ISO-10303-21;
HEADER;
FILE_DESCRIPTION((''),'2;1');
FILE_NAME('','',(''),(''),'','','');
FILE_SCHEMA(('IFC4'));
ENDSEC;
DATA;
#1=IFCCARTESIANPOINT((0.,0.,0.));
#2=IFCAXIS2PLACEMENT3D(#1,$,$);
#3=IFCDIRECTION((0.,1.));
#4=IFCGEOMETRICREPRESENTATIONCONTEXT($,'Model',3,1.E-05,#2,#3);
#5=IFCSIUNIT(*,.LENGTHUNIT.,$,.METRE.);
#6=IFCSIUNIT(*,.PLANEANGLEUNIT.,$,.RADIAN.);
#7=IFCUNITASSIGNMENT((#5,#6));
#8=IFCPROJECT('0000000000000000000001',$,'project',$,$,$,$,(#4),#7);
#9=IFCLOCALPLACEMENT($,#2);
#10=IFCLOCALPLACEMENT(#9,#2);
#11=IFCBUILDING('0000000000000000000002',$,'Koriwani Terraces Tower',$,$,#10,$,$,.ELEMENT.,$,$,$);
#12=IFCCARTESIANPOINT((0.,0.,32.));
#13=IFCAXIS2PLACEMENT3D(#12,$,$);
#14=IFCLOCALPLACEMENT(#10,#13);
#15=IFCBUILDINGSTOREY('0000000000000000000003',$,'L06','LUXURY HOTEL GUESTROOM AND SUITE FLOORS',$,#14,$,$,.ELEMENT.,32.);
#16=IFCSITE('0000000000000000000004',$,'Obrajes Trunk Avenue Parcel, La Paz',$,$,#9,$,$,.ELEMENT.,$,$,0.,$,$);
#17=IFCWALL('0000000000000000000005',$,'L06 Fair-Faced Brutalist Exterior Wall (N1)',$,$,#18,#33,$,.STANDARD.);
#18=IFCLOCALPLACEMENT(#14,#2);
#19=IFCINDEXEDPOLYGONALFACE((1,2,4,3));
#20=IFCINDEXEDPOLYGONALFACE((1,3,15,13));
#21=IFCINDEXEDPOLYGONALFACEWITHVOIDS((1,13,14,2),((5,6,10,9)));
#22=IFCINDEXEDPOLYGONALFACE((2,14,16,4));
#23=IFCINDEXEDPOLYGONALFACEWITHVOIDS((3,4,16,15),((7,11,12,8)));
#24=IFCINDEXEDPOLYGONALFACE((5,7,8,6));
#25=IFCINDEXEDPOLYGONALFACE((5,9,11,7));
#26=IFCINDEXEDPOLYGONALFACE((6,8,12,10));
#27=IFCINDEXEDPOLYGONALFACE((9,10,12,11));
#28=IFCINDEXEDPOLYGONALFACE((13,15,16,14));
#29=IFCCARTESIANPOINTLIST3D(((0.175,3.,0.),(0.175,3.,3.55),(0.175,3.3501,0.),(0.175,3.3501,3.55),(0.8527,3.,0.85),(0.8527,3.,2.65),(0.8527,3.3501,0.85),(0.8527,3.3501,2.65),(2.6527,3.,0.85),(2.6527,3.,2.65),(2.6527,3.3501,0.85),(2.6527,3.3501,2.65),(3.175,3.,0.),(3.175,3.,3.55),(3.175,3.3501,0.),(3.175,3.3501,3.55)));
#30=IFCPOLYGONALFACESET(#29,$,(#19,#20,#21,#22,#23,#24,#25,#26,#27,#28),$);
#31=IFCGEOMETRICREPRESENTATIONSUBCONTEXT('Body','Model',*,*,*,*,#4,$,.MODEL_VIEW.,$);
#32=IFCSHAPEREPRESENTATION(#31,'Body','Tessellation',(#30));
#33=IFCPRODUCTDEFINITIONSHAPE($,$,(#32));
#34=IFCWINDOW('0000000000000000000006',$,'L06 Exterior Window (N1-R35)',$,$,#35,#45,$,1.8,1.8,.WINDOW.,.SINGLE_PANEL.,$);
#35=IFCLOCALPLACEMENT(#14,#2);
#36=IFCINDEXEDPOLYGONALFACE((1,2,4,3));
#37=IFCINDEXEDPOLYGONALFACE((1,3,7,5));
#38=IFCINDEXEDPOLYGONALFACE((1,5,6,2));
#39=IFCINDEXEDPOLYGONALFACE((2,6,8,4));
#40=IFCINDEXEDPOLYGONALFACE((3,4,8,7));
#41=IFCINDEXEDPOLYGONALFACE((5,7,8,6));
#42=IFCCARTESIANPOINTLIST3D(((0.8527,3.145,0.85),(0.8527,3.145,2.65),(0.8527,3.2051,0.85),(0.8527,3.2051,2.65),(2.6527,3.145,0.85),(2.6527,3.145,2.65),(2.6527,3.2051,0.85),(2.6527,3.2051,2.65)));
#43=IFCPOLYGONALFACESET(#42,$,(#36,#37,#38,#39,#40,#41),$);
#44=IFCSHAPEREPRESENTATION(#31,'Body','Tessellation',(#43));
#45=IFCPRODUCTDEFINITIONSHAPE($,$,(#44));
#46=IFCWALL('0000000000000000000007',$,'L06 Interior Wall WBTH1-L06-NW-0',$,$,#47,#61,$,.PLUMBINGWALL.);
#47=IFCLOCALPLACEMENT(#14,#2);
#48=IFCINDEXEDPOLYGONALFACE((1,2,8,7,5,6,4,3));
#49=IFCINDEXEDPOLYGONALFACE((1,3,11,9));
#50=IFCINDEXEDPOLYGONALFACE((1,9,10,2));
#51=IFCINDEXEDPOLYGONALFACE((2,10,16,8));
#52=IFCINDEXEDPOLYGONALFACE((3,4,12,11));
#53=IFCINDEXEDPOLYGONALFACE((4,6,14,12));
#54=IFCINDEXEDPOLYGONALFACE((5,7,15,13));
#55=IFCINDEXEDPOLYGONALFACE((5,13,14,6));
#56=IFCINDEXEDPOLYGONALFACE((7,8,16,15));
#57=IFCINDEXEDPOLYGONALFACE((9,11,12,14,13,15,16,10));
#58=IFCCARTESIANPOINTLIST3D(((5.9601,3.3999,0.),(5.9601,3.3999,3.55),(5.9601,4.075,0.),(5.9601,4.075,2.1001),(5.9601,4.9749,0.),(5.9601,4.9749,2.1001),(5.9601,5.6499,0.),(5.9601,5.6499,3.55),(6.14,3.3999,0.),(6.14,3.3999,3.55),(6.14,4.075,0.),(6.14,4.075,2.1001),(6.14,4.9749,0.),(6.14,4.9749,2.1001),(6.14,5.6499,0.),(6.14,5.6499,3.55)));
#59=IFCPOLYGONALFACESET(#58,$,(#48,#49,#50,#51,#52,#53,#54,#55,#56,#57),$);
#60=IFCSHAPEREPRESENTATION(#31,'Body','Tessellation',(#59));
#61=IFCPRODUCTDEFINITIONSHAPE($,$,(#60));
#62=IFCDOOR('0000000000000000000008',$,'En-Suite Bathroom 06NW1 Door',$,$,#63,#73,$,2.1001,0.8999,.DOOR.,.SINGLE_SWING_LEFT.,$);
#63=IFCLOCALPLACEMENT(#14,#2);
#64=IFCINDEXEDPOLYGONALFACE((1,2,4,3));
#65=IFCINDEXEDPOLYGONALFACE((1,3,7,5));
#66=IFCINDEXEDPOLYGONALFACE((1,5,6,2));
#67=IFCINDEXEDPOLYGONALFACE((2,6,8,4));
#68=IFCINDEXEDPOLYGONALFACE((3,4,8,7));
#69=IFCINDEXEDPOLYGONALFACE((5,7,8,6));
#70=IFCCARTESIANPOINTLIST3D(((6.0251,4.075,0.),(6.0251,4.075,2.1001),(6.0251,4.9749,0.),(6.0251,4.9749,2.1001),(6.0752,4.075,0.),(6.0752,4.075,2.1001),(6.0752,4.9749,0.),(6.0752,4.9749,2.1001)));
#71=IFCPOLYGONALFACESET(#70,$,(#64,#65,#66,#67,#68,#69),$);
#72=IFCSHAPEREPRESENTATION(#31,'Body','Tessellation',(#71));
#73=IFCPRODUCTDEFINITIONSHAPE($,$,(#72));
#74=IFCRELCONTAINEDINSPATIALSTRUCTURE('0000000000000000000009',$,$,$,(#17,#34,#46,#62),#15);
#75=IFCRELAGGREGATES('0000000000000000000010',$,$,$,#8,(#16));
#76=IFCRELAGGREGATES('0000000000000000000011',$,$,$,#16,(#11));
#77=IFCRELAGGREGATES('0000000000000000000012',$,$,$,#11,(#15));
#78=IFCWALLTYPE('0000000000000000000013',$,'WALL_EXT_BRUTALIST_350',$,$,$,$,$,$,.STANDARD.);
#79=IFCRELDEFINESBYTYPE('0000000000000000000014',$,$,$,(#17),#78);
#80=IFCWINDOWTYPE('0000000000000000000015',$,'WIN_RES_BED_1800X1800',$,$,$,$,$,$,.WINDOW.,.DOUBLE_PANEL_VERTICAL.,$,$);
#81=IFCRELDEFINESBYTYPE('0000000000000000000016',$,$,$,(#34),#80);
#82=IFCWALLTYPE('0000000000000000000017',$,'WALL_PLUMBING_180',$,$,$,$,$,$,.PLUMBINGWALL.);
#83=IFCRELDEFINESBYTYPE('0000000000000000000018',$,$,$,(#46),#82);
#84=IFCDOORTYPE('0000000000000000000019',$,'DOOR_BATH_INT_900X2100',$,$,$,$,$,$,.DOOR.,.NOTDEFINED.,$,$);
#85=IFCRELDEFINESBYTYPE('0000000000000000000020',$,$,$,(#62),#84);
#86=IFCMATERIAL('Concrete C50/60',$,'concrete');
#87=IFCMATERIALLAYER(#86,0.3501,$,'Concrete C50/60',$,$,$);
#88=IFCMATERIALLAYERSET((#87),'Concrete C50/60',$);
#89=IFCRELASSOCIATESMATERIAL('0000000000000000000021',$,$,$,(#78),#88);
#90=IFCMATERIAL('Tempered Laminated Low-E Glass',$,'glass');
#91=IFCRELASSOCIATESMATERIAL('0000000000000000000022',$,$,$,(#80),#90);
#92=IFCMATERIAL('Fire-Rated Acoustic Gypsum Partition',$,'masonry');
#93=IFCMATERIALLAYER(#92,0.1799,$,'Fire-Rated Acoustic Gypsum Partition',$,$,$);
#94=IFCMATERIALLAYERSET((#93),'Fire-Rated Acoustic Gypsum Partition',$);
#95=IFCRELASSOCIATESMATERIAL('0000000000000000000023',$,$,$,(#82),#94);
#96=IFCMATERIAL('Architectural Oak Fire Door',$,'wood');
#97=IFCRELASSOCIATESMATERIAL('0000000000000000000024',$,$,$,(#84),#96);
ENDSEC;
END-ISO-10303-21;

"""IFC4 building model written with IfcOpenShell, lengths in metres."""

from ifc_helpers import new_model, si_unit, direction, frame, frame_2d, origin, place, context, subcontext, project, spatial, rectangle, extrude, material, layer, layer_set, type_object, element, fill, save


model = new_model("IFC4")

# Units and contexts
model_context = context("Model", 3, precision=1e-05, world=origin(), true_north=direction((0.0, 1.0)))
body_context = subcontext(model_context, "Body", "Model", "MODEL_VIEW")
ifc_project = project(units=[si_unit("LENGTHUNIT", "METRE"), si_unit("PLANEANGLEUNIT", "RADIAN")], contexts=[model_context])

# Site, building, storey
site_placement = place(None, origin())
site = spatial("IfcSite", under=ifc_project, at=site_placement, Name="Obrajes Trunk Avenue Parcel, La Paz", CompositionType="ELEMENT", RefElevation=0.0)
building_placement = place(site_placement, origin())
building = spatial("IfcBuilding", under=site, at=building_placement, Name="Koriwani Terraces Tower", CompositionType="ELEMENT")
storey_placement = place(building_placement, frame((0.0, 0.0, 32.0)))
storey = spatial("IfcBuildingStorey", under=building, at=storey_placement, Name="L06", Description="LUXURY HOTEL GUESTROOM AND SUITE FLOORS", CompositionType="ELEMENT", Elevation=32.0)

# Shared definitions
ifc_material_1 = material(Name="Concrete C50/60", Category="concrete")

# Shared definitions
ifc_layer_1 = layer(ifc_material_1, 0.3501, Name="Concrete C50/60")
ifc_layer_set_1 = layer_set([ifc_layer_1], Name="Concrete C50/60")
wall_type_1 = type_object("IfcWallType", Name="WALL_EXT_BRUTALIST_350", PredefinedType="STANDARD", material=ifc_layer_set_1)

# Wall, opening, window
wall_1_placement = place(storey_placement, frame((3.175, 3.175, 0.0), z_axis=(0.0, 0.0, 1.0), x_axis=(-1.0, 0.0, 0.0)))
wall_1 = element("IfcWall", 1, at=wall_1_placement, inside=storey, type_object=wall_type_1, Name="L06 Fair-Faced Brutalist Exterior Wall (N1)", PredefinedType="STANDARD", context=body_context, shape_type="SweptSolid", body=[
    extrude(rectangle(XDim=3.0, YDim=0.3501, at=frame_2d((1.5, 0.0))), origin(), (0.0, 0.0, 1.0), 3.55),
])
opening_1_placement = place(wall_1_placement, frame((0.5225, 0.0, 0.8501)))
opening_1 = element("IfcOpeningElement", 2, at=opening_1_placement, cuts=wall_1, PredefinedType="OPENING", context=body_context, shape_type="SweptSolid", body=[
    extrude(rectangle(XDim=1.8, YDim=1.8, at=frame_2d((0.8999, 0.8999))), frame((0.0, 0.1851, 0.0), z_axis=(0.0, -1.0, 0.0), x_axis=(1.0, 0.0, 0.0)), (0.0, 0.0, 1.0), 0.3701),
])
ifc_material_2 = material(Name="Tempered Laminated Low-E Glass", Category="glass")
window_type = type_object("IfcWindowType", Name="WIN_RES_BED_1800X1800", PartitioningType="DOUBLE_PANEL_VERTICAL", PredefinedType="WINDOW", material=ifc_material_2)
window_1_placement = place(opening_1_placement, origin())
window_1 = element("IfcWindow", 3, at=window_1_placement, inside=storey, type_object=window_type, Name="L06 Exterior Window (N1-R35)", OverallHeight=1.8, OverallWidth=1.8, PartitioningType="SINGLE_PANEL", PredefinedType="WINDOW", context=body_context, shape_type="SweptSolid", body=[
    extrude(rectangle(XDim=1.8, YDim=1.8, at=frame_2d((0.8999, 0.8999))), frame((0.0, 0.03, 0.0), z_axis=(0.0, -1.0, 0.0), x_axis=(1.0, 0.0, 0.0)), (0.0, 0.0, 1.0), 0.0601),
])
fill(opening_1, window_1)

# Wall, opening, door
ifc_material_3 = material(Name="Fire-Rated Acoustic Gypsum Partition", Category="masonry")
ifc_layer_2 = layer(ifc_material_3, 0.1799, Name="Fire-Rated Acoustic Gypsum Partition")
ifc_layer_set_2 = layer_set([ifc_layer_2], Name="Fire-Rated Acoustic Gypsum Partition")
wall_type_2 = type_object("IfcWallType", Name="WALL_PLUMBING_180", PredefinedType="PLUMBINGWALL", material=ifc_layer_set_2)
wall_2_placement = place(storey_placement, frame((6.05, 3.3999, 0.0), z_axis=(0.0, 0.0, 1.0), x_axis=(0.0, 1.0, 0.0)))
wall_2 = element("IfcWall", 4, at=wall_2_placement, inside=storey, type_object=wall_type_2, Name="L06 Interior Wall WBTH1-L06-NW-0", PredefinedType="PLUMBINGWALL", context=body_context, shape_type="SweptSolid", body=[
    extrude(rectangle(XDim=2.25, YDim=0.1799, at=frame_2d((1.125, 0.0))), origin(), (0.0, 0.0, 1.0), 3.55),
])
opening_2_placement = place(wall_2_placement, frame((0.675, 0.0, 0.0)))
opening_2 = element("IfcOpeningElement", 5, at=opening_2_placement, cuts=wall_2, PredefinedType="OPENING", context=body_context, shape_type="SweptSolid", body=[
    extrude(rectangle(XDim=0.8999, YDim=2.1001, at=frame_2d((0.45, 1.05))), frame((0.0, 0.1001, 0.0), z_axis=(0.0, -1.0, 0.0), x_axis=(1.0, 0.0, 0.0)), (0.0, 0.0, 1.0), 0.2),
])
ifc_material_4 = material(Name="Architectural Oak Fire Door", Category="wood")
door_type_1 = type_object("IfcDoorType", Name="DOOR_BATH_INT_900X2100", OperationType="NOTDEFINED", PredefinedType="DOOR", material=ifc_material_4)
door_1_placement = place(opening_2_placement, origin())
door_1 = element("IfcDoor", 6, at=door_1_placement, inside=storey, type_object=door_type_1, Name="En-Suite Bathroom 06NW1 Door", OperationType="SINGLE_SWING_LEFT", OverallHeight=2.1001, OverallWidth=0.8999, PredefinedType="DOOR", context=body_context, shape_type="SweptSolid", body=[
    extrude(rectangle(XDim=0.8999, YDim=2.1001, at=frame_2d((0.45, 1.05))), frame((0.0, 0.0249, 0.0), z_axis=(0.0, -1.0, 0.0), x_axis=(1.0, 0.0, 0.0)), (0.0, 0.0, 1.0), 0.05),
])
fill(opening_2, door_1)

save(model, "model.ifc")
